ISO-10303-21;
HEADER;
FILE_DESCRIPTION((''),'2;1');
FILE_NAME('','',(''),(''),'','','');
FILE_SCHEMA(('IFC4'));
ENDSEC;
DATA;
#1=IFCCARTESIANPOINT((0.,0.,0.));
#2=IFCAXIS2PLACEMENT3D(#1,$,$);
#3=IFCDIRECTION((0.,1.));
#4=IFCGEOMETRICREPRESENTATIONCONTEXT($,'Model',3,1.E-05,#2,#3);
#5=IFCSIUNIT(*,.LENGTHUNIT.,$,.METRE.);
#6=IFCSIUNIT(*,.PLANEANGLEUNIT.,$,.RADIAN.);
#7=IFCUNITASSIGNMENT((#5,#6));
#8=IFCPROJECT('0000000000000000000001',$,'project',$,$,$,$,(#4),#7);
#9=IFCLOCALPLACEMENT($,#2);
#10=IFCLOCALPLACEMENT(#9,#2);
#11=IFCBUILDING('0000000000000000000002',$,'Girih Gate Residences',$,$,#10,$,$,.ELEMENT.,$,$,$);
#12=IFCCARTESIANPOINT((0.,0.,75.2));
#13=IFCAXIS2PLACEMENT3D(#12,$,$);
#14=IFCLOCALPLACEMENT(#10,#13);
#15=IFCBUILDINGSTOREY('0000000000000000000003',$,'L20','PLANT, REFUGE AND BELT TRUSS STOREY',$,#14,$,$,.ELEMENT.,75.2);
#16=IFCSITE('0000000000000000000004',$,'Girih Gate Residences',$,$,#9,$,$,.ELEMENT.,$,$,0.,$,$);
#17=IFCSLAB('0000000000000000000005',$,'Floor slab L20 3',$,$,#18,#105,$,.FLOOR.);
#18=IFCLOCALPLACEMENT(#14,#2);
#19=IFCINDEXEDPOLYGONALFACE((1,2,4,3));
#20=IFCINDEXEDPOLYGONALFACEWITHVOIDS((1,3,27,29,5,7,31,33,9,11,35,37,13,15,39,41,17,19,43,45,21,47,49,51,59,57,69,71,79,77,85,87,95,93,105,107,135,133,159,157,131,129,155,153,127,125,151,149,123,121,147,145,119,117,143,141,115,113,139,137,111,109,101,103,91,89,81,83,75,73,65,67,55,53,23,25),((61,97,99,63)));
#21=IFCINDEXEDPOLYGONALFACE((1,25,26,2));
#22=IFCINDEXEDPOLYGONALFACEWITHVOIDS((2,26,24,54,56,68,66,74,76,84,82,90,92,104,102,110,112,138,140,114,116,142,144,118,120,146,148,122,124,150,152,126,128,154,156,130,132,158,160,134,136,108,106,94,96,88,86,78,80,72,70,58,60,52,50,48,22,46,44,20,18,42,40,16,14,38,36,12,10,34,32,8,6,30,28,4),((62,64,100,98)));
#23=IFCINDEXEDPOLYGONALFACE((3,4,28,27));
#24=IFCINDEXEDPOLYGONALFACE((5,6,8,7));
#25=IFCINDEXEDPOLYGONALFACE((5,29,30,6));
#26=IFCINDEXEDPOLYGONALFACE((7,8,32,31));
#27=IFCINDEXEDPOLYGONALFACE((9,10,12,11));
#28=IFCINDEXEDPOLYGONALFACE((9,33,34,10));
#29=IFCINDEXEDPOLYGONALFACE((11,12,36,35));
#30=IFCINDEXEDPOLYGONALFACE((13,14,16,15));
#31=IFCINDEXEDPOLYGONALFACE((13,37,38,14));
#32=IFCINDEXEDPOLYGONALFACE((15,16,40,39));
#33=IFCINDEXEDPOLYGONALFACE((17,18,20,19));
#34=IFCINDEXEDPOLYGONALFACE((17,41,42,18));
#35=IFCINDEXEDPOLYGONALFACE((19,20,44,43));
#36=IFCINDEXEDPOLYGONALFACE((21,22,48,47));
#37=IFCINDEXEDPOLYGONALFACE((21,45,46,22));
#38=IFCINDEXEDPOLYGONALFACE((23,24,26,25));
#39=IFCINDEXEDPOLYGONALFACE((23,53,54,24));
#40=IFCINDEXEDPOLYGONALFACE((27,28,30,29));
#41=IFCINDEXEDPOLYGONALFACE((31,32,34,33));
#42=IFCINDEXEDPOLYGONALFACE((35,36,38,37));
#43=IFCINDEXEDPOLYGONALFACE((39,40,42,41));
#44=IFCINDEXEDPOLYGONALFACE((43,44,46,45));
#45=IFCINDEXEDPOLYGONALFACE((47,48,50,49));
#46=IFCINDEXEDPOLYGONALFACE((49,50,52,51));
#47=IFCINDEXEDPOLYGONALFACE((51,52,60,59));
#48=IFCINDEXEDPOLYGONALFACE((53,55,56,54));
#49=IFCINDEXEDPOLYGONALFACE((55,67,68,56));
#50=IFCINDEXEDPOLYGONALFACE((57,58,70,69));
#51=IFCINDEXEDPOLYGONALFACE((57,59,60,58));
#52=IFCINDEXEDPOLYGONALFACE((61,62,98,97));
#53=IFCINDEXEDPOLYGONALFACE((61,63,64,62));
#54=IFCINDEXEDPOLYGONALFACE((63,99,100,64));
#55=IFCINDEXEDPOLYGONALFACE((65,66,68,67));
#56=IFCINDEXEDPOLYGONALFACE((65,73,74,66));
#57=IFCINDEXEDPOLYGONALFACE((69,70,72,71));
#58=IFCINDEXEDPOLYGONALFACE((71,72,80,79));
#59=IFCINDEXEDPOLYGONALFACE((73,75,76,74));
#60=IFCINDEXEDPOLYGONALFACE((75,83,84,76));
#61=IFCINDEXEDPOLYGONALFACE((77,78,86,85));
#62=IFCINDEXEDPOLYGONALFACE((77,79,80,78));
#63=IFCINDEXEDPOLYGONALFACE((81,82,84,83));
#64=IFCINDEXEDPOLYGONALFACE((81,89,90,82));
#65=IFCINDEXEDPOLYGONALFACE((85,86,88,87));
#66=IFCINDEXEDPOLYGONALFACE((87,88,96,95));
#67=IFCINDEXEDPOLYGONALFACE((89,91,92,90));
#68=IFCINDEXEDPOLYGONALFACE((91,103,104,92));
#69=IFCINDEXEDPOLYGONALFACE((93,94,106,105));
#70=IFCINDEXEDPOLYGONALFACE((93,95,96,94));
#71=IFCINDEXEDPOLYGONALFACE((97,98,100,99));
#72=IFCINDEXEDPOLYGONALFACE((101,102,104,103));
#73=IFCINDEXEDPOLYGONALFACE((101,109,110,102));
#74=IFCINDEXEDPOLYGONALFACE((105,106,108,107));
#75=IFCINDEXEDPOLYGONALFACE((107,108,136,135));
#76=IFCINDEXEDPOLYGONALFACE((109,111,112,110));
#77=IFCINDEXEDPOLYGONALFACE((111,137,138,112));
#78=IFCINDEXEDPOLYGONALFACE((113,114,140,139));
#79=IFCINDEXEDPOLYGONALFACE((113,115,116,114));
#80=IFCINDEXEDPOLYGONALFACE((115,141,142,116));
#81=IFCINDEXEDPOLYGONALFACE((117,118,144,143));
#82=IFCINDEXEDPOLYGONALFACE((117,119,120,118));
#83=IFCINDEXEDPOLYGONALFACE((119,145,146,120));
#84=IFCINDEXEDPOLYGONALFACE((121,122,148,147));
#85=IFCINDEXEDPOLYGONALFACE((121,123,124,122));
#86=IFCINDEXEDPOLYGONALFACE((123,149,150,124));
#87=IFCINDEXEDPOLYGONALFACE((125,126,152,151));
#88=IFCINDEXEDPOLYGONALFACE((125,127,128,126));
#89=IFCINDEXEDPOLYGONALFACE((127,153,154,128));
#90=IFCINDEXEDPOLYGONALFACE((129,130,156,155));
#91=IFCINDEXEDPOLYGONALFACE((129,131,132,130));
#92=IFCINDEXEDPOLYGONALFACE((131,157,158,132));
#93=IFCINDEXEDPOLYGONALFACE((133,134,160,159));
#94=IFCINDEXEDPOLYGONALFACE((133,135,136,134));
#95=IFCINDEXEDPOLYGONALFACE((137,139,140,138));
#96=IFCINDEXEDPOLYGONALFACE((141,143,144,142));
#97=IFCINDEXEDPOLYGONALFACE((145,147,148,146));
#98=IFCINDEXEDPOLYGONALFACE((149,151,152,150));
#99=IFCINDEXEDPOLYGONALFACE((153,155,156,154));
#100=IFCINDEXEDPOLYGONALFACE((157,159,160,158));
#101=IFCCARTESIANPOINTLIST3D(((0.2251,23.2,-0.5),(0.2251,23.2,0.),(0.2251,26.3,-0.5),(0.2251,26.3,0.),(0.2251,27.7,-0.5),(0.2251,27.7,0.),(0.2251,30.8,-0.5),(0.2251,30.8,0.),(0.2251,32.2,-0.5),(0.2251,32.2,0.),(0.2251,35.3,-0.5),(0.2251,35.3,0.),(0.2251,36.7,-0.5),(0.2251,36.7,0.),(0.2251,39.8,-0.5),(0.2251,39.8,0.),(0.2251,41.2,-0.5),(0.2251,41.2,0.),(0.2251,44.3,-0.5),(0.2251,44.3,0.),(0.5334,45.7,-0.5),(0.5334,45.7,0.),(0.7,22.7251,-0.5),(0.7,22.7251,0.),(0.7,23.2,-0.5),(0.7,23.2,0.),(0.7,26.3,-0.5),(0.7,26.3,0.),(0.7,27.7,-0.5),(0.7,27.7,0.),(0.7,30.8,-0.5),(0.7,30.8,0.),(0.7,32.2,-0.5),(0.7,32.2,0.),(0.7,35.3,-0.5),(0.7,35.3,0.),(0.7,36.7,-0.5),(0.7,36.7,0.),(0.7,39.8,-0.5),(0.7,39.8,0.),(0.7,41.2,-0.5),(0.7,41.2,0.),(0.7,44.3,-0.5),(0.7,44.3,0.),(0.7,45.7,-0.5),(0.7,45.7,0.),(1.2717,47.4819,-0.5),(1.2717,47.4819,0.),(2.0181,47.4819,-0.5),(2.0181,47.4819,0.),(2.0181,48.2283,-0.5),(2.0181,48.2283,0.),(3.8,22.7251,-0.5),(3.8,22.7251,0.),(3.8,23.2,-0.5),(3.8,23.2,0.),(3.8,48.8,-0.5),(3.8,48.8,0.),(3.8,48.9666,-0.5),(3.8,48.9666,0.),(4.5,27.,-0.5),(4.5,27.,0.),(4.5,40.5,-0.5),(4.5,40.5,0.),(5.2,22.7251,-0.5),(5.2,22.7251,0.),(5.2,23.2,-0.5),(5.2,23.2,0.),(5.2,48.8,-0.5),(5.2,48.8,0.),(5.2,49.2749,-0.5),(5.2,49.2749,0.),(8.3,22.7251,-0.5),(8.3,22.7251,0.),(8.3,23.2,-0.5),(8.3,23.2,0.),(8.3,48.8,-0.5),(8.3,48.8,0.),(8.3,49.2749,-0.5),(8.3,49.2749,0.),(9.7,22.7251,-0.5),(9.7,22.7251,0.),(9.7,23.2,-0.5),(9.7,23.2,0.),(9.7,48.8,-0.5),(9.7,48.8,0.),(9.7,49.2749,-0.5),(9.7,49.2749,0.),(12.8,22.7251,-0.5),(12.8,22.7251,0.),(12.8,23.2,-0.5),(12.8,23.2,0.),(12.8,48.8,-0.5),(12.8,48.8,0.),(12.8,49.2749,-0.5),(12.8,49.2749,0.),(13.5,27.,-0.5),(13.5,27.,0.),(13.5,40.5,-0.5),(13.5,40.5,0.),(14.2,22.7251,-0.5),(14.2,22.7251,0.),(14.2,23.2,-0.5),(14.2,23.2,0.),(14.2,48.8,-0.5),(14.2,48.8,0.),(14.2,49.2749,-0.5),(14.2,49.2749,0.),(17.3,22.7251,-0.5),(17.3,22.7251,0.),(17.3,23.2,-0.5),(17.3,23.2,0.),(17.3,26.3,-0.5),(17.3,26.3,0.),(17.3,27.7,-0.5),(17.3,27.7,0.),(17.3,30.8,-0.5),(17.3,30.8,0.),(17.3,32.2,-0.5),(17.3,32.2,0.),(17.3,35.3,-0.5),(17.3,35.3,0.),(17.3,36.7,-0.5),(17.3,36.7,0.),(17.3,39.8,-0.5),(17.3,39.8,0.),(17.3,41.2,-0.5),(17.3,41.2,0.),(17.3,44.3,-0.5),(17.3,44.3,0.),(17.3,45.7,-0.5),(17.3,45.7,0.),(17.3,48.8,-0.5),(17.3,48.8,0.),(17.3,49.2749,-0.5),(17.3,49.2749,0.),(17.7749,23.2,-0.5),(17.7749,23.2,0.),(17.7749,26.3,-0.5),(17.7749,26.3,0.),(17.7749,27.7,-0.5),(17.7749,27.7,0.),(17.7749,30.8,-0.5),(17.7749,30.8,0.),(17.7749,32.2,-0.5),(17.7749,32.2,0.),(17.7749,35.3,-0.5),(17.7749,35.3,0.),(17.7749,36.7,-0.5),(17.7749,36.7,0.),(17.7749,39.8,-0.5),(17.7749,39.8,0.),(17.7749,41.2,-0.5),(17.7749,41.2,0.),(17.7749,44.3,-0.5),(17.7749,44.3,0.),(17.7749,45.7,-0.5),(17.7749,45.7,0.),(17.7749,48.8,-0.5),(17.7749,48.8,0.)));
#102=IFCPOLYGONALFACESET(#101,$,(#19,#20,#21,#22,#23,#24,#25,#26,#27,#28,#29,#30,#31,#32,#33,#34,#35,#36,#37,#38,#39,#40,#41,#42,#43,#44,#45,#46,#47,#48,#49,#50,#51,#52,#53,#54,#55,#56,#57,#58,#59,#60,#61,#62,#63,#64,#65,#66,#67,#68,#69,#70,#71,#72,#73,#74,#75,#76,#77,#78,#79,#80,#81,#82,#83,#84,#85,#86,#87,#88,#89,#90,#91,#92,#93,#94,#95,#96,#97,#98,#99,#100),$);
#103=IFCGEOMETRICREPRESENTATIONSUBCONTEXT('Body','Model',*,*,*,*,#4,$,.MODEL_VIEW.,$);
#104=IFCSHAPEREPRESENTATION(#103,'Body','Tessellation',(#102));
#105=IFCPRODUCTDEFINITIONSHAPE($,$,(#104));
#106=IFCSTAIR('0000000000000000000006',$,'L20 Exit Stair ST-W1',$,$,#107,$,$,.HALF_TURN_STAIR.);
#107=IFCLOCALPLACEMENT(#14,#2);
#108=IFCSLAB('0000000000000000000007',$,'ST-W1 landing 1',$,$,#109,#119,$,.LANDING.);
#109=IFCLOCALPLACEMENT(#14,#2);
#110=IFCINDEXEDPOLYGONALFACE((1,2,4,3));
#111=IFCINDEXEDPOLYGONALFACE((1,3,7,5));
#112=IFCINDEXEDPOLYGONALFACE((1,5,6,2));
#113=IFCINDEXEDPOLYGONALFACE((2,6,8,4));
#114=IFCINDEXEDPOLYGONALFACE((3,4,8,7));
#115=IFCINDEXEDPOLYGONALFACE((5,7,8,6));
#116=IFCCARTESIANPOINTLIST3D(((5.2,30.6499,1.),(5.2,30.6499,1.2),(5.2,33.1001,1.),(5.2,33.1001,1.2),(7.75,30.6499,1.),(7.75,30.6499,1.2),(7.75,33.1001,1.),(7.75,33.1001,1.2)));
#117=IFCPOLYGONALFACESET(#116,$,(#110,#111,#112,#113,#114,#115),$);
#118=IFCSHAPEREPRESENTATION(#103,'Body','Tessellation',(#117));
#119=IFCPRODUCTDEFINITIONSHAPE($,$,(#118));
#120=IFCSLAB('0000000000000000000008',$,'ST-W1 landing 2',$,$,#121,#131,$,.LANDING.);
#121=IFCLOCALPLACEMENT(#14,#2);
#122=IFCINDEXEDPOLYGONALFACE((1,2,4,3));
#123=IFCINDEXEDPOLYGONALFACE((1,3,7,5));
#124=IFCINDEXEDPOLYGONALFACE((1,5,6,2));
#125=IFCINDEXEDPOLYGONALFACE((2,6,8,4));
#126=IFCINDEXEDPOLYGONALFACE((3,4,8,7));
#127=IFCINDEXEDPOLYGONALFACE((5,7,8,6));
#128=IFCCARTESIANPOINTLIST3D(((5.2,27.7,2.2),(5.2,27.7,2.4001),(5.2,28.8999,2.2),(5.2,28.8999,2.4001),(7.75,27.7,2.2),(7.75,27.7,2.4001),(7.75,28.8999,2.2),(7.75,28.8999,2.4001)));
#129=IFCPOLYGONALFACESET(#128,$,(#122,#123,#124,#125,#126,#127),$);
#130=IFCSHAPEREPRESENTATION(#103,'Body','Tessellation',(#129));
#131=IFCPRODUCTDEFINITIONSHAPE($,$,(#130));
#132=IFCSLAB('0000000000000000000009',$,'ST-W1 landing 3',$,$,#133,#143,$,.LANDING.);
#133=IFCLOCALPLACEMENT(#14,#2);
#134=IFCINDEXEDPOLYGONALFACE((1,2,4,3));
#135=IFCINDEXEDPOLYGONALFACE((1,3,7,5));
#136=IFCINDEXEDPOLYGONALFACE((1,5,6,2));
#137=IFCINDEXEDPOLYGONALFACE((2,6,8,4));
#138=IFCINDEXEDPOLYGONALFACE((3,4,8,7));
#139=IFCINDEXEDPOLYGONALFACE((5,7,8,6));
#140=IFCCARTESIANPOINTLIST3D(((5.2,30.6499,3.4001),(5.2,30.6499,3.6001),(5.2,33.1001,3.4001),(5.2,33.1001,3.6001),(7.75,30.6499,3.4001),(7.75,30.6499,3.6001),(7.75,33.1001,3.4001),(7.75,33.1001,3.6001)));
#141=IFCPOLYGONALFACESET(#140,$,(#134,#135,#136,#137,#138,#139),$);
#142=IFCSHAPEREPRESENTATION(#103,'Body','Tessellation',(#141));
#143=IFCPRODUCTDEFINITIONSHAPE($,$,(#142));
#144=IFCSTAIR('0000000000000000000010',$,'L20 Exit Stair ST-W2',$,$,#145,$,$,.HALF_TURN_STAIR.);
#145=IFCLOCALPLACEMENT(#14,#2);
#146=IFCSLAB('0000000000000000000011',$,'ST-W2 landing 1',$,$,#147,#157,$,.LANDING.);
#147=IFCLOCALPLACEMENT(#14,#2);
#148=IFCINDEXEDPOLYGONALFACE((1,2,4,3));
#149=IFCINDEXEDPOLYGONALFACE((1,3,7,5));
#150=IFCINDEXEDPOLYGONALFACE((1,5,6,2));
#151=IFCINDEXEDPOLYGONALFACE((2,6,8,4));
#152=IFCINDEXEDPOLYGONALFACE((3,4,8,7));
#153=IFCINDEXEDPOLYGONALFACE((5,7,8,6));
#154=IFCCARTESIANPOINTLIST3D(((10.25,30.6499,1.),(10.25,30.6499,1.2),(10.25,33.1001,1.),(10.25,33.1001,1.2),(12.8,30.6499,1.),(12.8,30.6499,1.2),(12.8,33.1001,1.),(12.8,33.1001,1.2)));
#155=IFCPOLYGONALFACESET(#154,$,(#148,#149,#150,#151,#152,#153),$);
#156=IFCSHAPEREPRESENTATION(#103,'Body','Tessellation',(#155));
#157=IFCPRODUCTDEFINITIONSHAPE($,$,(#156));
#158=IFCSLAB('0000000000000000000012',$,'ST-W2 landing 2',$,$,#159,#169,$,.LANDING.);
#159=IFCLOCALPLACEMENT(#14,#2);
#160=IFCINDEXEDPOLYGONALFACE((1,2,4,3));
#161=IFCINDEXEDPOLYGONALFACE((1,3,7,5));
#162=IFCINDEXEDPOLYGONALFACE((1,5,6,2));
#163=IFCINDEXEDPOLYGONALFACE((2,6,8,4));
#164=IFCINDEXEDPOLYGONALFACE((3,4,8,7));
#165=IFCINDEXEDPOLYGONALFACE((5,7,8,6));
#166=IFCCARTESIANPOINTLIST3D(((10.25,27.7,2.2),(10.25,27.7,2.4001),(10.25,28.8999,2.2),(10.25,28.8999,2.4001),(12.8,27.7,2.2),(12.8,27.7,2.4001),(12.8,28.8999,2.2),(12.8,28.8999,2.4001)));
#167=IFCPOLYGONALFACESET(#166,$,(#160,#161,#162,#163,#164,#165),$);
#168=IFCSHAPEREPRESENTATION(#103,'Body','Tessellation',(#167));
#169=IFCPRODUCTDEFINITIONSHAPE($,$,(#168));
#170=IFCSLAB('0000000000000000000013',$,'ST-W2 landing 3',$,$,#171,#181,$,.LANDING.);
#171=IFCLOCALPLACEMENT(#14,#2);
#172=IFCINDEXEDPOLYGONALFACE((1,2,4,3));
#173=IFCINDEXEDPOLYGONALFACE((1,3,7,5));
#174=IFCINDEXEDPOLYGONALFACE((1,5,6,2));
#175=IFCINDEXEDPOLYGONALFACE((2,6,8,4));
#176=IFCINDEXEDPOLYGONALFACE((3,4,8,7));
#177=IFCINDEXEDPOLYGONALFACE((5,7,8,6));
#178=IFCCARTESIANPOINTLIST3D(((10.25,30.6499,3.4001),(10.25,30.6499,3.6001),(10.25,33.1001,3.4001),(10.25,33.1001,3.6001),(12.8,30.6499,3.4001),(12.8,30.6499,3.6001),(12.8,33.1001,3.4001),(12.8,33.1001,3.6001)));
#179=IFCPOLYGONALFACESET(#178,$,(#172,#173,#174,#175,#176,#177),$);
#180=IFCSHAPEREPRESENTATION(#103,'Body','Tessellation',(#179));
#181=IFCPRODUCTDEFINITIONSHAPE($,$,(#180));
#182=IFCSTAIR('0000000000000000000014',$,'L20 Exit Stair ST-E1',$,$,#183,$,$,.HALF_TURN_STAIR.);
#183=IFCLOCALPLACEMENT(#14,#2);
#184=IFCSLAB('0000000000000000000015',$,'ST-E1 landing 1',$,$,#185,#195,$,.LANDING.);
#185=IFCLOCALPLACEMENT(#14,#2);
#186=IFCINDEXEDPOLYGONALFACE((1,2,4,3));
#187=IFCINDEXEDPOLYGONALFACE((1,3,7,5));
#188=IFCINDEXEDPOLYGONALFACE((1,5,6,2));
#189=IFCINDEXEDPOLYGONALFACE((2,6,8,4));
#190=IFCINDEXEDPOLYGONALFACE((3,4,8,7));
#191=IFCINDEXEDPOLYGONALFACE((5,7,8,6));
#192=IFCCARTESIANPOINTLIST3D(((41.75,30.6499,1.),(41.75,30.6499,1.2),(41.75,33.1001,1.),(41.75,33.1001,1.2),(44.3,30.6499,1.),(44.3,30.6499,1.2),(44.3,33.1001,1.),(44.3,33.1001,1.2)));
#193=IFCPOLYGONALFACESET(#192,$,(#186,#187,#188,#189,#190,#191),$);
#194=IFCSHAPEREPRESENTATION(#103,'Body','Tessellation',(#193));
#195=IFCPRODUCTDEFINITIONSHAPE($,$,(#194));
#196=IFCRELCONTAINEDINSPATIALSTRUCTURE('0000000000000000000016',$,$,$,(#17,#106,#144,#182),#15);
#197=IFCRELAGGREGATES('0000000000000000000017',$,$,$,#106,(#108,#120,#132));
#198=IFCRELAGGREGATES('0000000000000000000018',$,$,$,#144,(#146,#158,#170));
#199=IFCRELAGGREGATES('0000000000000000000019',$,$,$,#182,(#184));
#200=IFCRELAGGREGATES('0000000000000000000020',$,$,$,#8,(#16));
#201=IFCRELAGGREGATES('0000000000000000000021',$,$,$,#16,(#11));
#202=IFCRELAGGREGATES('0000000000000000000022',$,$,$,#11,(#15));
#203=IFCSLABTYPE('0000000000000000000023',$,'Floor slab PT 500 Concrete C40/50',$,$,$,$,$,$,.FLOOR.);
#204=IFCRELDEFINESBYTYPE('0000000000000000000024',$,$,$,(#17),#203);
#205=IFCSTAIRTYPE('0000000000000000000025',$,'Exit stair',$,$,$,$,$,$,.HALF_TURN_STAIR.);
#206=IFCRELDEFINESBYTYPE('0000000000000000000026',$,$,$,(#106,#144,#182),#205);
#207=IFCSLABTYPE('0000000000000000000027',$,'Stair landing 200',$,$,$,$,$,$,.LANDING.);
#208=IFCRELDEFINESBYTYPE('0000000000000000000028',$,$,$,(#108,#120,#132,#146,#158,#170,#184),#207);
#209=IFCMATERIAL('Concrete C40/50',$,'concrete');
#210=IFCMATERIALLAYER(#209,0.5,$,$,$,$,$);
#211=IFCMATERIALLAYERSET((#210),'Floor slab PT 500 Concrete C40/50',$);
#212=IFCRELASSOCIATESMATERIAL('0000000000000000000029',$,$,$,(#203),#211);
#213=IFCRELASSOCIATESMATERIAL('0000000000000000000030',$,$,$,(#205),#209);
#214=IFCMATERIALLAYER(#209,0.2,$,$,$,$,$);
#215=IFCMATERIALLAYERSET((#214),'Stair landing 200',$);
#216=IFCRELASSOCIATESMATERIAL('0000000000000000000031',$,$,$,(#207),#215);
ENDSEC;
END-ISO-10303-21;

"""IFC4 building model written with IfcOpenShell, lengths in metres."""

from ifc_helpers import new_model, si_unit, direction, frame, origin, place, context, subcontext, project, spatial, polyline, outline, extrude, material, layer, layer_set, type_object, element, aggregate, save


model = new_model("IFC4")

# Units and contexts
model_context = context("Model", 3, precision=1e-05, world=origin(), true_north=direction((0.0, 1.0)))
body_context = subcontext(model_context, "Body", "Model", "MODEL_VIEW")
ifc_project = project(units=[si_unit("LENGTHUNIT", "METRE"), si_unit("PLANEANGLEUNIT", "RADIAN")], contexts=[model_context])

# Site, building, storey
site_placement = place(None, origin())
site = spatial("IfcSite", under=ifc_project, at=site_placement, Name="Girih Gate Residences", CompositionType="ELEMENT", RefElevation=0.0)
building_placement = place(site_placement, origin())
building = spatial("IfcBuilding", under=site, at=building_placement, Name="Girih Gate Residences", CompositionType="ELEMENT")
storey_placement = place(building_placement, frame((0.0, 0.0, 75.2)))
storey = spatial("IfcBuildingStorey", under=building, at=storey_placement, Name="L20", Description="PLANT, REFUGE AND BELT TRUSS STOREY", CompositionType="ELEMENT", Elevation=75.2)

# Slab
ifc_material_1 = material(Name="Concrete C40/50", Category="concrete")
ifc_layer_1 = layer(ifc_material_1, 0.5)
ifc_layer_set_1 = layer_set([ifc_layer_1], Name="Floor slab PT 500 Concrete C40/50")
slab_type_1 = type_object("IfcSlabType", Name="Floor slab PT 500 Concrete C40/50", PredefinedType="FLOOR", material=ifc_layer_set_1)
slab_1_placement = place(storey_placement, frame((0.0, 0.0, -0.5)))
element("IfcSlab", 1, at=slab_1_placement, inside=storey, type_object=slab_type_1, Name="Floor slab L20 3", PredefinedType="FLOOR", context=body_context, shape_type="SweptSolid", body=[
    extrude(outline(polyline([(0.2251, 26.3), (0.2251, 23.2), (0.7, 23.2), (0.7, 22.7251), (3.8, 22.7251), (3.8, 23.2), (5.2, 23.2), (5.2, 22.7251), (8.3, 22.7251), (8.3, 23.2), (9.7, 23.2), (9.7, 22.7251), (12.8, 22.7251), (12.8, 23.2), (14.2, 23.2), (14.2, 22.7251), (17.3, 22.7251), (17.3, 23.2), (17.7749, 23.2), (17.7749, 26.3), (17.3, 26.3), (17.3, 27.7), (17.7749, 27.7), (17.7749, 30.8), (17.3, 30.8), (17.3, 32.2), (17.7749, 32.2), (17.7749, 35.3), (17.3, 35.3), (17.3, 36.7), (17.7749, 36.7), (17.7749, 39.8), (17.3, 39.8), (17.3, 41.2), (17.7749, 41.2), (17.7749, 44.3), (17.3, 44.3), (17.3, 45.7), (17.7749, 45.7), (17.7749, 48.8), (17.3, 48.8), (17.3, 49.2749), (14.2, 49.2749), (14.2, 48.8), (12.8, 48.8), (12.8, 49.2749), (9.7, 49.2749), (9.7, 48.8), (8.3, 48.8), (8.3, 49.2749), (5.2, 49.2749), (5.2, 48.8), (3.8, 48.8), (3.8, 48.9666), (2.0181, 48.2283), (2.0181, 47.4819), (1.2717, 47.4819), (0.5334, 45.7), (0.7, 45.7), (0.7, 44.3), (0.2251, 44.3), (0.2251, 41.2), (0.7, 41.2), (0.7, 39.8), (0.2251, 39.8), (0.2251, 36.7), (0.7, 36.7), (0.7, 35.3), (0.2251, 35.3), (0.2251, 32.2), (0.7, 32.2), (0.7, 30.8), (0.2251, 30.8), (0.2251, 27.7), (0.7, 27.7), (0.7, 26.3), (0.2251, 26.3)]), holes=[polyline([(13.5, 40.5), (13.5, 27.0), (4.5, 27.0), (4.5, 40.5), (13.5, 40.5)])]), origin(), (0.0, 0.0, 1.0), 0.5),
])

# Stairs, slabs
stair_type = type_object("IfcStairType", Name="Exit stair", PredefinedType="HALF_TURN_STAIR", material=ifc_material_1)
stair_1_placement = place(storey_placement, origin())
stair_1 = element("IfcStair", 2, at=stair_1_placement, inside=storey, type_object=stair_type, Name="L20 Exit Stair ST-W1", PredefinedType="HALF_TURN_STAIR")
ifc_layer_2 = layer(ifc_material_1, 0.2)
ifc_layer_set_2 = layer_set([ifc_layer_2], Name="Stair landing 200")
slab_type_2 = type_object("IfcSlabType", Name="Stair landing 200", PredefinedType="LANDING", material=ifc_layer_set_2)
slab_2_placement = place(storey_placement, frame((0.0, 0.0, 1.0)))
slab_2 = element("IfcSlab", 3, at=slab_2_placement, type_object=slab_type_2, Name="ST-W1 landing 1", PredefinedType="LANDING", context=body_context, shape_type="SweptSolid", body=[
    extrude(outline(polyline([(7.75, 30.6499), (7.75, 33.1001), (5.2, 33.1001), (5.2, 30.6499), (7.75, 30.6499)])), origin(), (0.0, 0.0, 1.0), 0.2),
])
slab_3_placement = place(storey_placement, frame((0.0, 0.0, 2.2)))
slab_3 = element("IfcSlab", 4, at=slab_3_placement, type_object=slab_type_2, Name="ST-W1 landing 2", PredefinedType="LANDING", context=body_context, shape_type="SweptSolid", body=[
    extrude(outline(polyline([(7.75, 27.7), (7.75, 28.8999), (5.2, 28.8999), (5.2, 27.7), (7.75, 27.7)])), origin(), (0.0, 0.0, 1.0), 0.2002),
])
slab_4_placement = place(storey_placement, frame((0.0, 0.0, 3.4001)))
slab_4 = element("IfcSlab", 5, at=slab_4_placement, type_object=slab_type_2, Name="ST-W1 landing 3", PredefinedType="LANDING", context=body_context, shape_type="SweptSolid", body=[
    extrude(outline(polyline([(7.75, 30.6499), (7.75, 33.1001), (5.2, 33.1001), (5.2, 30.6499), (7.75, 30.6499)])), origin(), (0.0, 0.0, 1.0), 0.2),
])
aggregate(stair_1, [slab_2, slab_3, slab_4])
stair_2_placement = place(storey_placement, origin())
stair_2 = element("IfcStair", 6, at=stair_2_placement, inside=storey, type_object=stair_type, Name="L20 Exit Stair ST-W2", PredefinedType="HALF_TURN_STAIR")
slab_5_placement = place(storey_placement, frame((0.0, 0.0, 1.0)))
slab_5 = element("IfcSlab", 7, at=slab_5_placement, type_object=slab_type_2, Name="ST-W2 landing 1", PredefinedType="LANDING", context=body_context, shape_type="SweptSolid", body=[
    extrude(outline(polyline([(12.8, 30.6499), (12.8, 33.1001), (10.25, 33.1001), (10.25, 30.6499), (12.8, 30.6499)])), origin(), (0.0, 0.0, 1.0), 0.2),
])
slab_6_placement = place(storey_placement, frame((0.0, 0.0, 2.2)))
slab_6 = element("IfcSlab", 8, at=slab_6_placement, type_object=slab_type_2, Name="ST-W2 landing 2", PredefinedType="LANDING", context=body_context, shape_type="SweptSolid", body=[
    extrude(outline(polyline([(12.8, 27.7), (12.8, 28.8999), (10.25, 28.8999), (10.25, 27.7), (12.8, 27.7)])), origin(), (0.0, 0.0, 1.0), 0.2002),
])
slab_7_placement = place(storey_placement, frame((0.0, 0.0, 3.4001)))
slab_7 = element("IfcSlab", 9, at=slab_7_placement, type_object=slab_type_2, Name="ST-W2 landing 3", PredefinedType="LANDING", context=body_context, shape_type="SweptSolid", body=[
    extrude(outline(polyline([(12.8, 30.6499), (12.8, 33.1001), (10.25, 33.1001), (10.25, 30.6499), (12.8, 30.6499)])), origin(), (0.0, 0.0, 1.0), 0.2),
])
aggregate(stair_2, [slab_5, slab_6, slab_7])
stair_3_placement = place(storey_placement, origin())
stair_3 = element("IfcStair", 10, at=stair_3_placement, inside=storey, type_object=stair_type, Name="L20 Exit Stair ST-E1", PredefinedType="HALF_TURN_STAIR")
slab_8_placement = place(storey_placement, frame((0.0, 0.0, 1.0)))
slab_8 = element("IfcSlab", 11, at=slab_8_placement, type_object=slab_type_2, Name="ST-E1 landing 1", PredefinedType="LANDING", context=body_context, shape_type="SweptSolid", body=[
    extrude(outline(polyline([(44.3, 30.6499), (44.3, 33.1001), (41.75, 33.1001), (41.75, 30.6499), (44.3, 30.6499)])), origin(), (0.0, 0.0, 1.0), 0.2),
])
aggregate(stair_3, [slab_8])

save(model, "model.ifc")
